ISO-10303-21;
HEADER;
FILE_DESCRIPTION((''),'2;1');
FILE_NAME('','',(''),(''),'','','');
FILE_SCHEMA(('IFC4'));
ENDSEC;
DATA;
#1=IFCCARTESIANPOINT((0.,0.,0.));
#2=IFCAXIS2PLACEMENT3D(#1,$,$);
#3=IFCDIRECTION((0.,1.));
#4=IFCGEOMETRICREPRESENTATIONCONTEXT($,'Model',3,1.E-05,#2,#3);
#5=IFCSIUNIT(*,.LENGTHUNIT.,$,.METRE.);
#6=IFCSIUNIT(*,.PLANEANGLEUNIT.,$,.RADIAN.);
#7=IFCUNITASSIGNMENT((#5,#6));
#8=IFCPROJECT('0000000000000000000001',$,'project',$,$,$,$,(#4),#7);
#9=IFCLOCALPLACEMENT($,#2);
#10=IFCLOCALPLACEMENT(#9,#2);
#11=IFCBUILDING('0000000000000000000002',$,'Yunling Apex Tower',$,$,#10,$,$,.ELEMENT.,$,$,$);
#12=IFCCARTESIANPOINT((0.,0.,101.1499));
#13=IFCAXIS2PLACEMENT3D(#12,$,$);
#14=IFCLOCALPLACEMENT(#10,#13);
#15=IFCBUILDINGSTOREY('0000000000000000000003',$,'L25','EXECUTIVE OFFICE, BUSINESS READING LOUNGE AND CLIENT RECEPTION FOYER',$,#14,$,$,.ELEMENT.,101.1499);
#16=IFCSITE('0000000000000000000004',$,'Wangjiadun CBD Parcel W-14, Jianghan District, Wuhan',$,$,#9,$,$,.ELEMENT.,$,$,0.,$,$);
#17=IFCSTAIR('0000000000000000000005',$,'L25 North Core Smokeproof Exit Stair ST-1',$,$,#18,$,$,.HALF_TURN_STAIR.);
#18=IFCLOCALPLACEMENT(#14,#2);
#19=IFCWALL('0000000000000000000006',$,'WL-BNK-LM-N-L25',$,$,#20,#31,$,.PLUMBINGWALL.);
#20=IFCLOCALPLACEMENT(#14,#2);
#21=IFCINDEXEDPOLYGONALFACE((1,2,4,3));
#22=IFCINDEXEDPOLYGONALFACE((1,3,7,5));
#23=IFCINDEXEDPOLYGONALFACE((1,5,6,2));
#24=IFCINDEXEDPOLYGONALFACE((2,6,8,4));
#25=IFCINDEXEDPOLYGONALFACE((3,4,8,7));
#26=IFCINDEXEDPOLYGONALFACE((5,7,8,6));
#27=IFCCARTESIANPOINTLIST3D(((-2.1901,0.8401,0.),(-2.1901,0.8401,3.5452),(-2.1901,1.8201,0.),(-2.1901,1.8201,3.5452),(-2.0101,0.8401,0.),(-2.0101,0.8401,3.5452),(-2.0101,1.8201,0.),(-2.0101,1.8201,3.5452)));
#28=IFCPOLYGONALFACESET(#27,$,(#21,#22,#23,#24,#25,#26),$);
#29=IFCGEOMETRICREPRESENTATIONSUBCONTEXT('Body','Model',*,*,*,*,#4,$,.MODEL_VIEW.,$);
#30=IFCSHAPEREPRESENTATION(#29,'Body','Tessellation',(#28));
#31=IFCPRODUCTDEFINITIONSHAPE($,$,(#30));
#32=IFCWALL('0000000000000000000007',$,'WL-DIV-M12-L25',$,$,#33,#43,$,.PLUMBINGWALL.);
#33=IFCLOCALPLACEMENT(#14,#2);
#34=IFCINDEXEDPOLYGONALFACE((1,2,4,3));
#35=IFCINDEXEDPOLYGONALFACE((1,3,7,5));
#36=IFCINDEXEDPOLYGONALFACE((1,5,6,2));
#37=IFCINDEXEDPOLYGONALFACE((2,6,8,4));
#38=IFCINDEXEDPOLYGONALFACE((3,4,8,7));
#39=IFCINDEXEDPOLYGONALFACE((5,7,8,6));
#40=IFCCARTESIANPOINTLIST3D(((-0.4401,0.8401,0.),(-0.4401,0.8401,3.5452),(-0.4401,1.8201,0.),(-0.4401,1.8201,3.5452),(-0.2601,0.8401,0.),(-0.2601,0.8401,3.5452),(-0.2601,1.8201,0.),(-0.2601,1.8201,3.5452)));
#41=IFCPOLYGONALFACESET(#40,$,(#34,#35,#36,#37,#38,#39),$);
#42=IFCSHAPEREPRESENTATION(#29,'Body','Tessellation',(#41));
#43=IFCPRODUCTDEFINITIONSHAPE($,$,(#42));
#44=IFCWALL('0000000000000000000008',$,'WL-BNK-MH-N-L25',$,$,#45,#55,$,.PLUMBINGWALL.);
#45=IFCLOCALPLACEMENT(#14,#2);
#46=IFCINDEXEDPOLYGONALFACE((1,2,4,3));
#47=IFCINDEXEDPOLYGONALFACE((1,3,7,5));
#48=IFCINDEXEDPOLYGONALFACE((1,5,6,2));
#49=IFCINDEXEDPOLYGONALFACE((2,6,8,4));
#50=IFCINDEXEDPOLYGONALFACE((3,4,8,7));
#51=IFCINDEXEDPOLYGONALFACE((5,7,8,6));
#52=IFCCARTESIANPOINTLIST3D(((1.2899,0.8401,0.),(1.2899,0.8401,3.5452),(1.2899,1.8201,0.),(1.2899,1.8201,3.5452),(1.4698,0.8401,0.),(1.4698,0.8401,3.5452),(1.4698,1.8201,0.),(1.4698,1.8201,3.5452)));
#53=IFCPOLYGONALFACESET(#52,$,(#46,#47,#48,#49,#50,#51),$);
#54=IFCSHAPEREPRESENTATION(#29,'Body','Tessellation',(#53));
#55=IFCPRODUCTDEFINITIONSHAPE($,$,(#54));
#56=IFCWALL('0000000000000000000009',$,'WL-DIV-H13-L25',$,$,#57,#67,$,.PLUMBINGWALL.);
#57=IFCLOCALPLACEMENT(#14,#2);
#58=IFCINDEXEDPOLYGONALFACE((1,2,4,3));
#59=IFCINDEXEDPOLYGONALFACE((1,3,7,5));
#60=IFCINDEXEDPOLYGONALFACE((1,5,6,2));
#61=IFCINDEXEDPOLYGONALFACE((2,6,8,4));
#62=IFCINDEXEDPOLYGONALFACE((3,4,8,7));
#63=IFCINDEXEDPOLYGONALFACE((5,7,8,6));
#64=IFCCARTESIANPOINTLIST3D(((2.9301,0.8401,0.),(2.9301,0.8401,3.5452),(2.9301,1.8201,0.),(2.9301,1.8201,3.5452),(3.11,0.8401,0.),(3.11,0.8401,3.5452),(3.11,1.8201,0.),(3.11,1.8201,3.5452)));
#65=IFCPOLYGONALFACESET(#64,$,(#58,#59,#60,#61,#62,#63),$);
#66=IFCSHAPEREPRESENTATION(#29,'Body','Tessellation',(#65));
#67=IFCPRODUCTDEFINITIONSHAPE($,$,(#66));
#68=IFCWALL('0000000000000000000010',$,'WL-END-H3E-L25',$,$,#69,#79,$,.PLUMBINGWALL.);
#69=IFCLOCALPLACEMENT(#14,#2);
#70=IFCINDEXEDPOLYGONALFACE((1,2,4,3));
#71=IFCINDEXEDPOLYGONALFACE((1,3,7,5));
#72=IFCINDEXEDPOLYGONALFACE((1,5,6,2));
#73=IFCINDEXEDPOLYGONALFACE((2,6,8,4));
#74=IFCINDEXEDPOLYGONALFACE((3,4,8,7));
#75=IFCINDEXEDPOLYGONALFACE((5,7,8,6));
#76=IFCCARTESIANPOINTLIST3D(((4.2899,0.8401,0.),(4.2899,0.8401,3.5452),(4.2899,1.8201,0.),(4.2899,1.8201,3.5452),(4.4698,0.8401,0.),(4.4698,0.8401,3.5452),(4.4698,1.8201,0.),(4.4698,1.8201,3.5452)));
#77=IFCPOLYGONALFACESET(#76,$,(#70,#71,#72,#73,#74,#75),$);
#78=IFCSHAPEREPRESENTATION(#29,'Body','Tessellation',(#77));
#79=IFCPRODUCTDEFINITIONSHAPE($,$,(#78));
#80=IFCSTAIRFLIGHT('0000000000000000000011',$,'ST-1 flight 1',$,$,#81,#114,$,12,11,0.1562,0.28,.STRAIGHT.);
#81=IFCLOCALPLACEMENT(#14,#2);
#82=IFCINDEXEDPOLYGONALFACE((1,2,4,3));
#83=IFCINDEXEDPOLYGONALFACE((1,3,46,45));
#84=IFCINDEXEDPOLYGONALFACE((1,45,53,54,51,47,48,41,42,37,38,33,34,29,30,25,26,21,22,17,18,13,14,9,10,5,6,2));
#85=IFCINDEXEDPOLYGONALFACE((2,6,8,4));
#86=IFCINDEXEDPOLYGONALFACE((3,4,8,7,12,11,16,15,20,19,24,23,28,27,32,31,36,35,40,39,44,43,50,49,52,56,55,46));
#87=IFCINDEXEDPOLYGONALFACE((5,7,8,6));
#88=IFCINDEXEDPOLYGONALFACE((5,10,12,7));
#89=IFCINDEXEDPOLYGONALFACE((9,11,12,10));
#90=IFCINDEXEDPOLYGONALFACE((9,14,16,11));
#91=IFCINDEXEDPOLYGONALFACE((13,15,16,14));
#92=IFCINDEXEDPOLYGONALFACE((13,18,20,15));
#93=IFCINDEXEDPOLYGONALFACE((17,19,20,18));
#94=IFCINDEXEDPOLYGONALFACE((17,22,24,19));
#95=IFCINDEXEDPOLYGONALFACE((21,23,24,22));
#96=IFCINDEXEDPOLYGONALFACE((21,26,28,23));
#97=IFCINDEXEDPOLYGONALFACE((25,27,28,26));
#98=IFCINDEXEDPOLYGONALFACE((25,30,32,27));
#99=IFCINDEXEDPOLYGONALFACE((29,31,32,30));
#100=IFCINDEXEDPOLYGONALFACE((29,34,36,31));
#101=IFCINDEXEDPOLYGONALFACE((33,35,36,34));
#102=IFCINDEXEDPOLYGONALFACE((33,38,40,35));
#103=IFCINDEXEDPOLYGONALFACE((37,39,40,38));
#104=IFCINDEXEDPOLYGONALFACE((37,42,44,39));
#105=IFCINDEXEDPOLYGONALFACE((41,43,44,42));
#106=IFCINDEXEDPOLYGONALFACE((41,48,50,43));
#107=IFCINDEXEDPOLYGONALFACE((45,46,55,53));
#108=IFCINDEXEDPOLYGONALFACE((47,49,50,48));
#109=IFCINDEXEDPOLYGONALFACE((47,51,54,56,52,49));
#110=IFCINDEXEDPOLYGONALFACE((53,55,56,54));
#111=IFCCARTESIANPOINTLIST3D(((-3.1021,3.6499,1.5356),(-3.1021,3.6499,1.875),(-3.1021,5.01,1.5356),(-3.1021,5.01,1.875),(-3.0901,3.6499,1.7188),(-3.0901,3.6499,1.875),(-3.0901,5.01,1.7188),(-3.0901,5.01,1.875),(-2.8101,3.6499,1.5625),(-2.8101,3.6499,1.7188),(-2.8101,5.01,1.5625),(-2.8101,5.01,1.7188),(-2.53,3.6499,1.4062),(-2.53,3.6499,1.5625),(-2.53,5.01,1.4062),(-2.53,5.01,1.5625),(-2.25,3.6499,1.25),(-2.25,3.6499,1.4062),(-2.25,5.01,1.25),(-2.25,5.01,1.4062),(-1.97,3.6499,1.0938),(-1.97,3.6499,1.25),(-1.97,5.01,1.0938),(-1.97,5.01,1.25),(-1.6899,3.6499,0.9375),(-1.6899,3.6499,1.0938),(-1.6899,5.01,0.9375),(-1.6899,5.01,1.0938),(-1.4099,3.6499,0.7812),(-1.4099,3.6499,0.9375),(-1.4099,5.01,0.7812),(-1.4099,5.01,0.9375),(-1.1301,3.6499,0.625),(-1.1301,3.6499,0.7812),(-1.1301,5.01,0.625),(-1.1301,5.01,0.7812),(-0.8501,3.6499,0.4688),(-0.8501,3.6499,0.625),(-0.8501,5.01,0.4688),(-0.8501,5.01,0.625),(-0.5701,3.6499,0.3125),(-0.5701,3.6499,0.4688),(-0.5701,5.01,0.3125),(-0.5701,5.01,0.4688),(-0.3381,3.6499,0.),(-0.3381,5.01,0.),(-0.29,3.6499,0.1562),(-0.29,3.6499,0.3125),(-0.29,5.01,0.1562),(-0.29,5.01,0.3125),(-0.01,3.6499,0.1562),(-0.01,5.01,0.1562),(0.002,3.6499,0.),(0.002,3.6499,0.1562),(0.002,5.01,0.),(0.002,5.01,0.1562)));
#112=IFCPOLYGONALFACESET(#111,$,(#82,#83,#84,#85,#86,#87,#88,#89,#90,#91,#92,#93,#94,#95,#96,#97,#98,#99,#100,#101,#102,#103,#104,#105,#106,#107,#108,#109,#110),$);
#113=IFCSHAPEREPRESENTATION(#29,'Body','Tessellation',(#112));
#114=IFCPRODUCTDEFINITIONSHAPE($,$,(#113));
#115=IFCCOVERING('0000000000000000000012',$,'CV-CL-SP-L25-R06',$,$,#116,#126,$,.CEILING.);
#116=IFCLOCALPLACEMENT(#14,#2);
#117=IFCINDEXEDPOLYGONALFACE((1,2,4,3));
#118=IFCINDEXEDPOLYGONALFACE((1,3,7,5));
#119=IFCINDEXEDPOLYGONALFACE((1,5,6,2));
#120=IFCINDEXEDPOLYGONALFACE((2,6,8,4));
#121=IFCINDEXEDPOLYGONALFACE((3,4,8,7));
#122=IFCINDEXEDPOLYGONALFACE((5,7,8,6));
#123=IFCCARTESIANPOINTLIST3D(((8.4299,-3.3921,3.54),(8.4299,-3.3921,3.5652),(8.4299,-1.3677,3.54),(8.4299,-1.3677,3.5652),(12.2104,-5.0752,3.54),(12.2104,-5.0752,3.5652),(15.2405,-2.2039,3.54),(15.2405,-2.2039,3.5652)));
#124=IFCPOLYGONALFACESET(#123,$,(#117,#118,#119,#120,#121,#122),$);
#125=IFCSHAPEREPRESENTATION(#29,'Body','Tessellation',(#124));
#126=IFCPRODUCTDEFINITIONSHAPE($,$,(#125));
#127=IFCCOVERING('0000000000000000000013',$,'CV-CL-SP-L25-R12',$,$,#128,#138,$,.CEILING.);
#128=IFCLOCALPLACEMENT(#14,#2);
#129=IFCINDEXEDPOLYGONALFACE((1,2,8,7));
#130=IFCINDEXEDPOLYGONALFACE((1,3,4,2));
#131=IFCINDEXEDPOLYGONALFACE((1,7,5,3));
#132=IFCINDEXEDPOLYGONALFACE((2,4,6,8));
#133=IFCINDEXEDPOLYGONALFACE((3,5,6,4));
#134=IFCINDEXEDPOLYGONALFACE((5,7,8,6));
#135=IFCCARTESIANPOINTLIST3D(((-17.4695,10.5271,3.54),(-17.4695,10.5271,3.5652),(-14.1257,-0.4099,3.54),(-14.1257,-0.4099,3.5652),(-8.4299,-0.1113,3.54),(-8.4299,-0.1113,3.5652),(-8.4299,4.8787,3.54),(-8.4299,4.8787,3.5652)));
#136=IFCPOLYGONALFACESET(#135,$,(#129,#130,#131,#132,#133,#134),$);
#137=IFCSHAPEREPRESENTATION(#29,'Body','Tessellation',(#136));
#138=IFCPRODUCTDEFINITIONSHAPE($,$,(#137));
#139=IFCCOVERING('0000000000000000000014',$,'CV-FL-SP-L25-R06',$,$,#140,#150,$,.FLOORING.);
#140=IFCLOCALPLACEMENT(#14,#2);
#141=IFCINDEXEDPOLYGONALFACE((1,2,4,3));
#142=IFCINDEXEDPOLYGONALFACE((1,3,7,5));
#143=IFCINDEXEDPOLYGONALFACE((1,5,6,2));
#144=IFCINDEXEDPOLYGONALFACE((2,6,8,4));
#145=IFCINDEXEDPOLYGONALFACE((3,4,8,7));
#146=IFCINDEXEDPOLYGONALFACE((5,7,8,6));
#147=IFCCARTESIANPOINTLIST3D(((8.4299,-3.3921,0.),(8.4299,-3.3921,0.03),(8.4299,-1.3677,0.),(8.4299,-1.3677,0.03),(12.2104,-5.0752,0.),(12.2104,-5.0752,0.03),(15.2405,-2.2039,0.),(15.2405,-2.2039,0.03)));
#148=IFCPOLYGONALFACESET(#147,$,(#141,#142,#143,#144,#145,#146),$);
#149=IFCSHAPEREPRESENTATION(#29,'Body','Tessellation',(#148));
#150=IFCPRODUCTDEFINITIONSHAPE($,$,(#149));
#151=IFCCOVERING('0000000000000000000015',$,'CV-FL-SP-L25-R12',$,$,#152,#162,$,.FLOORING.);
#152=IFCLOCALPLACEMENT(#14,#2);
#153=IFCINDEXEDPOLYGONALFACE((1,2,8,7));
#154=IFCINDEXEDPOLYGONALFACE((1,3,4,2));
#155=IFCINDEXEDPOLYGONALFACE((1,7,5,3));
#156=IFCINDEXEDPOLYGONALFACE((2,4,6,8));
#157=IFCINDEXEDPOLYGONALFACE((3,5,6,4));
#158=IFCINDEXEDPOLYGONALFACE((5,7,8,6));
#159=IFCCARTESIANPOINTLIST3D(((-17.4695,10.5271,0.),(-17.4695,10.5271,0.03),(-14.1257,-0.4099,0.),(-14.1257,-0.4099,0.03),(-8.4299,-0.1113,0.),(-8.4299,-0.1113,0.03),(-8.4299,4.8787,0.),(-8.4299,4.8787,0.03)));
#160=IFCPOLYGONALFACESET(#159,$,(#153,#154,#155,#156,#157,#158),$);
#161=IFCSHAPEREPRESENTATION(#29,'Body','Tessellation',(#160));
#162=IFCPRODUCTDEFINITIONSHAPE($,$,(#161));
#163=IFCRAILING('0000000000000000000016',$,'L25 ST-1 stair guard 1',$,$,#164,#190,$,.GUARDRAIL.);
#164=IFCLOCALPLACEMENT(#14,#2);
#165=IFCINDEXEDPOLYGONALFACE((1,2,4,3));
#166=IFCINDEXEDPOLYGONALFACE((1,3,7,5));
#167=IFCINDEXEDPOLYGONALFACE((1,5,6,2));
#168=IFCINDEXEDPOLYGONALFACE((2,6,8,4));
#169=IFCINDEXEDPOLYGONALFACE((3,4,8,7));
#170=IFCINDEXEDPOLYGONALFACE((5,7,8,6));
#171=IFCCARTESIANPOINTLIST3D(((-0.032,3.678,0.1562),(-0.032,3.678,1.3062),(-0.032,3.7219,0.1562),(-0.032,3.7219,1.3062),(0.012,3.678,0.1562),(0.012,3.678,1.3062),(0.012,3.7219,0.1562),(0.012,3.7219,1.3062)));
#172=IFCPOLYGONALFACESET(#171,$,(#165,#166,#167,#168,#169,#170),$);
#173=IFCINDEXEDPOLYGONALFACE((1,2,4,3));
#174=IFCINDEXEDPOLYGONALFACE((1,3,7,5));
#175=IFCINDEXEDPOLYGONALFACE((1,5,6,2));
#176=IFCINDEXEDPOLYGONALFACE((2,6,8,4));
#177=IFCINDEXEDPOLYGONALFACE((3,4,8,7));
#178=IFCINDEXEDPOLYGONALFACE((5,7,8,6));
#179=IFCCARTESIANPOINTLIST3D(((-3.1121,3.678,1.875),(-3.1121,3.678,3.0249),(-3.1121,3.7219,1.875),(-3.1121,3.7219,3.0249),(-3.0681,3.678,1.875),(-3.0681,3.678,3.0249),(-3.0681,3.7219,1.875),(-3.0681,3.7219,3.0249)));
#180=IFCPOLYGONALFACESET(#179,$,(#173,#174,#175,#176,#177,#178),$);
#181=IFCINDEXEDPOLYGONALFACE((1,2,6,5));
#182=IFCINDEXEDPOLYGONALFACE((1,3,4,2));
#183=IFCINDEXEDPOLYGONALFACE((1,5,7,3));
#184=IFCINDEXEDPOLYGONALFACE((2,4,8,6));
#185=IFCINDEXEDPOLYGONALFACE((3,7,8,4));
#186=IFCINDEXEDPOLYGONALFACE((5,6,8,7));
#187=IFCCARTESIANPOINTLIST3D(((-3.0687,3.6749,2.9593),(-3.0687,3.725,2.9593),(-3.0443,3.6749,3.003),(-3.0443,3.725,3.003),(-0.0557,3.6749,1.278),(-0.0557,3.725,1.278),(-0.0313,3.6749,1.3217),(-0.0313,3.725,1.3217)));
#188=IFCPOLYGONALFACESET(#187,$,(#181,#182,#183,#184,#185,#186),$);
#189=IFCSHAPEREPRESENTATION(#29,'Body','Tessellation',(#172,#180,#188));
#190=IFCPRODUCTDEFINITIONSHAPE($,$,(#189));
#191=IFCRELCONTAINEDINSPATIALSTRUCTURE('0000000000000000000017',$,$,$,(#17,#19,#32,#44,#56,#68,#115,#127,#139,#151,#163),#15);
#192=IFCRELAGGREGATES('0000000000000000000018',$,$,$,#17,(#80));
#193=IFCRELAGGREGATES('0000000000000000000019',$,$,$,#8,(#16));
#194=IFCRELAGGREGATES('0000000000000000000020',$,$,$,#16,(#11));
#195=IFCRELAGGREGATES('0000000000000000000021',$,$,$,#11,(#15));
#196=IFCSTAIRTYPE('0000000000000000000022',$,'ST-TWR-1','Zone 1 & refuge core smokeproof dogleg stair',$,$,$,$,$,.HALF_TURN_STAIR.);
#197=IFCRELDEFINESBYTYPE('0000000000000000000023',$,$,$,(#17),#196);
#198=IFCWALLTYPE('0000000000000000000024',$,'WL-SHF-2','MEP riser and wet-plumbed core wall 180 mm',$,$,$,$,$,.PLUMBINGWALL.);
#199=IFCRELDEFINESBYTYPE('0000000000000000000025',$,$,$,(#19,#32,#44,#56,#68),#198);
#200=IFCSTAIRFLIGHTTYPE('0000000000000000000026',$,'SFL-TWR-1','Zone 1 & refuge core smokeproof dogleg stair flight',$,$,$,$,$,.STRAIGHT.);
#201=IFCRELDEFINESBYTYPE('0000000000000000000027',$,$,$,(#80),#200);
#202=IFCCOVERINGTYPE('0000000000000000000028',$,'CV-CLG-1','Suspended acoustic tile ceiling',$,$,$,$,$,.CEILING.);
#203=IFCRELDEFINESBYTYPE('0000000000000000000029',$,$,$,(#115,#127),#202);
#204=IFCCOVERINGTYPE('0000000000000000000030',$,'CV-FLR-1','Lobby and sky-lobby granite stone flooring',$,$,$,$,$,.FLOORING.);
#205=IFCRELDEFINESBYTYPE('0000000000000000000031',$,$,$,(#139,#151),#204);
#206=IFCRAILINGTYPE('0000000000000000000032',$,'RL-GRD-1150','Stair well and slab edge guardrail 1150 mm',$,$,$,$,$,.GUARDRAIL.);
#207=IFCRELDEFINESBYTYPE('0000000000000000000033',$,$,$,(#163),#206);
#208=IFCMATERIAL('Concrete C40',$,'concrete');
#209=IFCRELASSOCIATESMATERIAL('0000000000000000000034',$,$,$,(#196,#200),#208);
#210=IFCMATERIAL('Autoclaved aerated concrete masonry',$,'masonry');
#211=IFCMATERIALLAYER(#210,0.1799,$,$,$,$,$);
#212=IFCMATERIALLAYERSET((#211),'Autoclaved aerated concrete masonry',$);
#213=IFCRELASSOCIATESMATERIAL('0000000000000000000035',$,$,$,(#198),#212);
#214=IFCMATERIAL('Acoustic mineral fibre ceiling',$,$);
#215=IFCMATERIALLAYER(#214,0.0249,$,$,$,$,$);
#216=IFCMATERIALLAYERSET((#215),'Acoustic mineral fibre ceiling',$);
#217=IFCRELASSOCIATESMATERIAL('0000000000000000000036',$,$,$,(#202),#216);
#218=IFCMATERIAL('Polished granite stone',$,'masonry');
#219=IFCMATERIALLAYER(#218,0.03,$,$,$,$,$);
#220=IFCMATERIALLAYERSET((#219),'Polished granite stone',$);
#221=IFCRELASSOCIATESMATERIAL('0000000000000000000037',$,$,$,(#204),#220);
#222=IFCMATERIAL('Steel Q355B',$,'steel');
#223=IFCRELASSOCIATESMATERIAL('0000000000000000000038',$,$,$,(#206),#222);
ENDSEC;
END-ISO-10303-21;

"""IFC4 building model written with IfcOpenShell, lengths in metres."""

from ifc_helpers import new_model, si_unit, direction, frame, frame_2d, origin, origin_2d, place, context, subcontext, project, spatial, polyline, rectangle, outline, extrude, material, layer, layer_set, type_object, element, aggregate, save


model = new_model("IFC4")

# Units and contexts
model_context = context("Model", 3, precision=1e-05, world=origin(), true_north=direction((0.0, 1.0)))
body_context = subcontext(model_context, "Body", "Model", "MODEL_VIEW")
ifc_project = project(units=[si_unit("LENGTHUNIT", "METRE"), si_unit("PLANEANGLEUNIT", "RADIAN")], contexts=[model_context])

# Site, building, storey
site_placement = place(None, origin())
site = spatial("IfcSite", under=ifc_project, at=site_placement, Name="Wangjiadun CBD Parcel W-14, Jianghan District, Wuhan", CompositionType="ELEMENT", RefElevation=0.0)
building_placement = place(site_placement, origin())
building = spatial("IfcBuilding", under=site, at=building_placement, Name="Yunling Apex Tower", CompositionType="ELEMENT")
storey_placement = place(building_placement, frame((0.0, 0.0, 101.1499)))
storey = spatial("IfcBuildingStorey", under=building, at=storey_placement, Name="L25", Description="EXECUTIVE OFFICE, BUSINESS READING LOUNGE AND CLIENT RECEPTION FOYER", CompositionType="ELEMENT", Elevation=101.1499)

# Shared definitions
ifc_material_1 = material(Name="Concrete C40", Category="concrete")

# Stair
stair_type = type_object("IfcStairType", Name="ST-TWR-1", Description="Zone 1 & refuge core smokeproof dogleg stair", PredefinedType="HALF_TURN_STAIR", material=ifc_material_1)
stair_1_placement = place(storey_placement, origin())
stair_1 = element("IfcStair", 1, at=stair_1_placement, inside=storey, type_object=stair_type, Name="L25 North Core Smokeproof Exit Stair ST-1", PredefinedType="HALF_TURN_STAIR")

# Shared definitions
ifc_material_2 = material(Name="Autoclaved aerated concrete masonry", Category="masonry")
ifc_material_3 = material(Name="Steel Q355B", Category="steel")

# Walls
ifc_layer_1 = layer(ifc_material_2, 0.1799)
ifc_layer_set_1 = layer_set([ifc_layer_1], Name="Autoclaved aerated concrete masonry")
wall_type_1 = type_object("IfcWallType", Name="WL-SHF-2", Description="MEP riser and wet-plumbed core wall 180 mm", PredefinedType="PLUMBINGWALL", material=ifc_layer_set_1)
for number, where, z_axis, x_axis, name in (
    (2, (-2.1001, 0.8401, 0.0), (0.0, 0.0, 1.0), (0.0, 1.0, 0.0), "WL-BNK-LM-N-L25"),
    (3, (-0.3501, 0.8401, 0.0), (0.0, 0.0, 1.0), (0.0, 1.0, 0.0), "WL-DIV-M12-L25"),
    (4, (1.3799, 0.8401, 0.0), (0.0, 0.0, 1.0), (0.0, 1.0, 0.0), "WL-BNK-MH-N-L25"),
    (5, (3.02, 0.8401, 0.0), (0.0, 0.0, 1.0), (0.0, 1.0, 0.0), "WL-DIV-H13-L25"),
    (6, (4.3799, 0.8401, 0.0), (0.0, 0.0, 1.0), (0.0, 1.0, 0.0), "WL-END-H3E-L25"),
):
    element("IfcWall", number, at=place(storey_placement, frame(where, z_axis=z_axis, x_axis=x_axis)), inside=storey, type_object=wall_type_1, Name=name, PredefinedType="PLUMBINGWALL", context=body_context, shape_type="SweptSolid", body=[
        extrude(rectangle(XDim=0.98, YDim=0.1799, at=frame_2d((0.49, 0.0))), origin(), (0.0, 0.0, 1.0), 3.5452),
    ])

# Stair flight
stair_flight_type = type_object("IfcStairFlightType", Name="SFL-TWR-1", Description="Zone 1 & refuge core smokeproof dogleg stair flight", PredefinedType="STRAIGHT", material=ifc_material_1)
stair_flight_placement = place(storey_placement, frame((-0.01, 4.3301, 0.0), z_axis=(0.0, 0.0, 1.0), x_axis=(-1.0, 0.0, 0.0)))
stair_flight = element("IfcStairFlight", 7, at=stair_flight_placement, type_object=stair_flight_type, Name="ST-1 flight 1", NumberOfRisers=12, NumberOfTreads=11, PredefinedType="STRAIGHT", RiserHeight=0.1562, TreadLength=0.28, context=body_context, shape_type="SweptSolid", body=[
    extrude(outline(polyline([(-0.012, 0.0), (-0.012, 0.1562), (0.0, 0.1562), (0.28, 0.1562), (0.28, 0.3125), (0.5601, 0.3125), (0.5601, 0.4688), (0.8401, 0.4688), (0.8401, 0.625), (1.1201, 0.625), (1.1201, 0.7812), (1.3999, 0.7812), (1.3999, 0.9375), (1.6799, 0.9375), (1.6799, 1.0938), (1.96, 1.0938), (1.96, 1.25), (2.24, 1.25), (2.24, 1.4062), (2.52, 1.4062), (2.52, 1.5625), (2.8, 1.5625), (2.8, 1.7188), (3.0801, 1.7188), (3.0801, 1.875), (3.092, 1.875), (3.092, 1.5356), (0.3281, 0.0), (-0.012, 0.0)])), frame((0.0, 0.6802, 0.0), z_axis=(0.0, -1.0, 0.0), x_axis=(1.0, 0.0, 0.0)), (0.0, 0.0, 1.0), 1.3601),
])
aggregate(stair_1, [stair_flight])

# Coverings
ifc_material_4 = material(Name="Acoustic mineral fibre ceiling")
ifc_layer_2 = layer(ifc_material_4, 0.0249)
ifc_layer_set_2 = layer_set([ifc_layer_2], Name="Acoustic mineral fibre ceiling")
covering_type_1 = type_object("IfcCoveringType", Name="CV-CLG-1", Description="Suspended acoustic tile ceiling", PredefinedType="CEILING", material=ifc_layer_set_2)
covering_1_placement = place(storey_placement, frame((0.0, 0.0, 3.54)))
element("IfcCovering", 8, at=covering_1_placement, inside=storey, type_object=covering_type_1, Name="CV-CL-SP-L25-R06", PredefinedType="CEILING", context=body_context, shape_type="SweptSolid", body=[
    extrude(outline(polyline([(15.2405, -2.2039), (12.2104, -5.0752), (8.4299, -3.3921), (8.4299, -1.3677), (15.2405, -2.2039)])), origin(), (0.0, 0.0, 1.0), 0.0251),
])
covering_2_placement = place(storey_placement, frame((0.0, 0.0, 3.54)))
element("IfcCovering", 9, at=covering_2_placement, inside=storey, type_object=covering_type_1, Name="CV-CL-SP-L25-R12", PredefinedType="CEILING", context=body_context, shape_type="SweptSolid", body=[
    extrude(outline(polyline([(-14.1257, -0.4099), (-17.4695, 10.5271), (-8.4299, 4.8787), (-8.4299, -0.1113), (-14.1257, -0.4099)])), origin(), (0.0, 0.0, 1.0), 0.0251),
])
ifc_material_5 = material(Name="Polished granite stone", Category="masonry")
ifc_layer_3 = layer(ifc_material_5, 0.03)
ifc_layer_set_3 = layer_set([ifc_layer_3], Name="Polished granite stone")
covering_type_2 = type_object("IfcCoveringType", Name="CV-FLR-1", Description="Lobby and sky-lobby granite stone flooring", PredefinedType="FLOORING", material=ifc_layer_set_3)
covering_3_placement = place(storey_placement, origin())
element("IfcCovering", 10, at=covering_3_placement, inside=storey, type_object=covering_type_2, Name="CV-FL-SP-L25-R06", PredefinedType="FLOORING", context=body_context, shape_type="SweptSolid", body=[
    extrude(outline(polyline([(15.2405, -2.2039), (12.2104, -5.0752), (8.4299, -3.3921), (8.4299, -1.3677), (15.2405, -2.2039)])), origin(), (0.0, 0.0, 1.0), 0.03),
])
covering_4_placement = place(storey_placement, origin())
element("IfcCovering", 11, at=covering_4_placement, inside=storey, type_object=covering_type_2, Name="CV-FL-SP-L25-R12", PredefinedType="FLOORING", context=body_context, shape_type="SweptSolid", body=[
    extrude(outline(polyline([(-14.1257, -0.4099), (-17.4695, 10.5271), (-8.4299, 4.8787), (-8.4299, -0.1113), (-14.1257, -0.4099)])), origin(), (0.0, 0.0, 1.0), 0.03),
])

# Railing
railing_type_1 = type_object("IfcRailingType", Name="RL-GRD-1150", Description="Stair well and slab edge guardrail 1150 mm", PredefinedType="GUARDRAIL", material=ifc_material_3)
railing_1_placement = place(storey_placement, frame((-0.01, 3.7, 0.1562)))
element("IfcRailing", 12, at=railing_1_placement, inside=storey, type_object=railing_type_1, Name="L25 ST-1 stair guard 1", PredefinedType="GUARDRAIL", context=body_context, shape_type="SweptSolid", body=[
    extrude(rectangle(XDim=0.0439, YDim=0.0439, at=origin_2d()), origin(), (0.0, 0.0, 1.0), 1.1499),
    extrude(rectangle(XDim=0.0439, YDim=0.0439, at=origin_2d()), frame((-3.0801, 0.0, 1.7188)), (0.0, 0.0, 1.0), 1.1499),
    extrude(rectangle(XDim=0.05, YDim=0.05, at=origin_2d()), frame((-0.0334, 0.0, 1.1436), z_axis=(-0.873242, 0.0, 0.487288), x_axis=(0.0, -1.0, 0.0)), (0.0, 0.0, 1.0), 3.4504),
])

save(model, "model.ifc")
